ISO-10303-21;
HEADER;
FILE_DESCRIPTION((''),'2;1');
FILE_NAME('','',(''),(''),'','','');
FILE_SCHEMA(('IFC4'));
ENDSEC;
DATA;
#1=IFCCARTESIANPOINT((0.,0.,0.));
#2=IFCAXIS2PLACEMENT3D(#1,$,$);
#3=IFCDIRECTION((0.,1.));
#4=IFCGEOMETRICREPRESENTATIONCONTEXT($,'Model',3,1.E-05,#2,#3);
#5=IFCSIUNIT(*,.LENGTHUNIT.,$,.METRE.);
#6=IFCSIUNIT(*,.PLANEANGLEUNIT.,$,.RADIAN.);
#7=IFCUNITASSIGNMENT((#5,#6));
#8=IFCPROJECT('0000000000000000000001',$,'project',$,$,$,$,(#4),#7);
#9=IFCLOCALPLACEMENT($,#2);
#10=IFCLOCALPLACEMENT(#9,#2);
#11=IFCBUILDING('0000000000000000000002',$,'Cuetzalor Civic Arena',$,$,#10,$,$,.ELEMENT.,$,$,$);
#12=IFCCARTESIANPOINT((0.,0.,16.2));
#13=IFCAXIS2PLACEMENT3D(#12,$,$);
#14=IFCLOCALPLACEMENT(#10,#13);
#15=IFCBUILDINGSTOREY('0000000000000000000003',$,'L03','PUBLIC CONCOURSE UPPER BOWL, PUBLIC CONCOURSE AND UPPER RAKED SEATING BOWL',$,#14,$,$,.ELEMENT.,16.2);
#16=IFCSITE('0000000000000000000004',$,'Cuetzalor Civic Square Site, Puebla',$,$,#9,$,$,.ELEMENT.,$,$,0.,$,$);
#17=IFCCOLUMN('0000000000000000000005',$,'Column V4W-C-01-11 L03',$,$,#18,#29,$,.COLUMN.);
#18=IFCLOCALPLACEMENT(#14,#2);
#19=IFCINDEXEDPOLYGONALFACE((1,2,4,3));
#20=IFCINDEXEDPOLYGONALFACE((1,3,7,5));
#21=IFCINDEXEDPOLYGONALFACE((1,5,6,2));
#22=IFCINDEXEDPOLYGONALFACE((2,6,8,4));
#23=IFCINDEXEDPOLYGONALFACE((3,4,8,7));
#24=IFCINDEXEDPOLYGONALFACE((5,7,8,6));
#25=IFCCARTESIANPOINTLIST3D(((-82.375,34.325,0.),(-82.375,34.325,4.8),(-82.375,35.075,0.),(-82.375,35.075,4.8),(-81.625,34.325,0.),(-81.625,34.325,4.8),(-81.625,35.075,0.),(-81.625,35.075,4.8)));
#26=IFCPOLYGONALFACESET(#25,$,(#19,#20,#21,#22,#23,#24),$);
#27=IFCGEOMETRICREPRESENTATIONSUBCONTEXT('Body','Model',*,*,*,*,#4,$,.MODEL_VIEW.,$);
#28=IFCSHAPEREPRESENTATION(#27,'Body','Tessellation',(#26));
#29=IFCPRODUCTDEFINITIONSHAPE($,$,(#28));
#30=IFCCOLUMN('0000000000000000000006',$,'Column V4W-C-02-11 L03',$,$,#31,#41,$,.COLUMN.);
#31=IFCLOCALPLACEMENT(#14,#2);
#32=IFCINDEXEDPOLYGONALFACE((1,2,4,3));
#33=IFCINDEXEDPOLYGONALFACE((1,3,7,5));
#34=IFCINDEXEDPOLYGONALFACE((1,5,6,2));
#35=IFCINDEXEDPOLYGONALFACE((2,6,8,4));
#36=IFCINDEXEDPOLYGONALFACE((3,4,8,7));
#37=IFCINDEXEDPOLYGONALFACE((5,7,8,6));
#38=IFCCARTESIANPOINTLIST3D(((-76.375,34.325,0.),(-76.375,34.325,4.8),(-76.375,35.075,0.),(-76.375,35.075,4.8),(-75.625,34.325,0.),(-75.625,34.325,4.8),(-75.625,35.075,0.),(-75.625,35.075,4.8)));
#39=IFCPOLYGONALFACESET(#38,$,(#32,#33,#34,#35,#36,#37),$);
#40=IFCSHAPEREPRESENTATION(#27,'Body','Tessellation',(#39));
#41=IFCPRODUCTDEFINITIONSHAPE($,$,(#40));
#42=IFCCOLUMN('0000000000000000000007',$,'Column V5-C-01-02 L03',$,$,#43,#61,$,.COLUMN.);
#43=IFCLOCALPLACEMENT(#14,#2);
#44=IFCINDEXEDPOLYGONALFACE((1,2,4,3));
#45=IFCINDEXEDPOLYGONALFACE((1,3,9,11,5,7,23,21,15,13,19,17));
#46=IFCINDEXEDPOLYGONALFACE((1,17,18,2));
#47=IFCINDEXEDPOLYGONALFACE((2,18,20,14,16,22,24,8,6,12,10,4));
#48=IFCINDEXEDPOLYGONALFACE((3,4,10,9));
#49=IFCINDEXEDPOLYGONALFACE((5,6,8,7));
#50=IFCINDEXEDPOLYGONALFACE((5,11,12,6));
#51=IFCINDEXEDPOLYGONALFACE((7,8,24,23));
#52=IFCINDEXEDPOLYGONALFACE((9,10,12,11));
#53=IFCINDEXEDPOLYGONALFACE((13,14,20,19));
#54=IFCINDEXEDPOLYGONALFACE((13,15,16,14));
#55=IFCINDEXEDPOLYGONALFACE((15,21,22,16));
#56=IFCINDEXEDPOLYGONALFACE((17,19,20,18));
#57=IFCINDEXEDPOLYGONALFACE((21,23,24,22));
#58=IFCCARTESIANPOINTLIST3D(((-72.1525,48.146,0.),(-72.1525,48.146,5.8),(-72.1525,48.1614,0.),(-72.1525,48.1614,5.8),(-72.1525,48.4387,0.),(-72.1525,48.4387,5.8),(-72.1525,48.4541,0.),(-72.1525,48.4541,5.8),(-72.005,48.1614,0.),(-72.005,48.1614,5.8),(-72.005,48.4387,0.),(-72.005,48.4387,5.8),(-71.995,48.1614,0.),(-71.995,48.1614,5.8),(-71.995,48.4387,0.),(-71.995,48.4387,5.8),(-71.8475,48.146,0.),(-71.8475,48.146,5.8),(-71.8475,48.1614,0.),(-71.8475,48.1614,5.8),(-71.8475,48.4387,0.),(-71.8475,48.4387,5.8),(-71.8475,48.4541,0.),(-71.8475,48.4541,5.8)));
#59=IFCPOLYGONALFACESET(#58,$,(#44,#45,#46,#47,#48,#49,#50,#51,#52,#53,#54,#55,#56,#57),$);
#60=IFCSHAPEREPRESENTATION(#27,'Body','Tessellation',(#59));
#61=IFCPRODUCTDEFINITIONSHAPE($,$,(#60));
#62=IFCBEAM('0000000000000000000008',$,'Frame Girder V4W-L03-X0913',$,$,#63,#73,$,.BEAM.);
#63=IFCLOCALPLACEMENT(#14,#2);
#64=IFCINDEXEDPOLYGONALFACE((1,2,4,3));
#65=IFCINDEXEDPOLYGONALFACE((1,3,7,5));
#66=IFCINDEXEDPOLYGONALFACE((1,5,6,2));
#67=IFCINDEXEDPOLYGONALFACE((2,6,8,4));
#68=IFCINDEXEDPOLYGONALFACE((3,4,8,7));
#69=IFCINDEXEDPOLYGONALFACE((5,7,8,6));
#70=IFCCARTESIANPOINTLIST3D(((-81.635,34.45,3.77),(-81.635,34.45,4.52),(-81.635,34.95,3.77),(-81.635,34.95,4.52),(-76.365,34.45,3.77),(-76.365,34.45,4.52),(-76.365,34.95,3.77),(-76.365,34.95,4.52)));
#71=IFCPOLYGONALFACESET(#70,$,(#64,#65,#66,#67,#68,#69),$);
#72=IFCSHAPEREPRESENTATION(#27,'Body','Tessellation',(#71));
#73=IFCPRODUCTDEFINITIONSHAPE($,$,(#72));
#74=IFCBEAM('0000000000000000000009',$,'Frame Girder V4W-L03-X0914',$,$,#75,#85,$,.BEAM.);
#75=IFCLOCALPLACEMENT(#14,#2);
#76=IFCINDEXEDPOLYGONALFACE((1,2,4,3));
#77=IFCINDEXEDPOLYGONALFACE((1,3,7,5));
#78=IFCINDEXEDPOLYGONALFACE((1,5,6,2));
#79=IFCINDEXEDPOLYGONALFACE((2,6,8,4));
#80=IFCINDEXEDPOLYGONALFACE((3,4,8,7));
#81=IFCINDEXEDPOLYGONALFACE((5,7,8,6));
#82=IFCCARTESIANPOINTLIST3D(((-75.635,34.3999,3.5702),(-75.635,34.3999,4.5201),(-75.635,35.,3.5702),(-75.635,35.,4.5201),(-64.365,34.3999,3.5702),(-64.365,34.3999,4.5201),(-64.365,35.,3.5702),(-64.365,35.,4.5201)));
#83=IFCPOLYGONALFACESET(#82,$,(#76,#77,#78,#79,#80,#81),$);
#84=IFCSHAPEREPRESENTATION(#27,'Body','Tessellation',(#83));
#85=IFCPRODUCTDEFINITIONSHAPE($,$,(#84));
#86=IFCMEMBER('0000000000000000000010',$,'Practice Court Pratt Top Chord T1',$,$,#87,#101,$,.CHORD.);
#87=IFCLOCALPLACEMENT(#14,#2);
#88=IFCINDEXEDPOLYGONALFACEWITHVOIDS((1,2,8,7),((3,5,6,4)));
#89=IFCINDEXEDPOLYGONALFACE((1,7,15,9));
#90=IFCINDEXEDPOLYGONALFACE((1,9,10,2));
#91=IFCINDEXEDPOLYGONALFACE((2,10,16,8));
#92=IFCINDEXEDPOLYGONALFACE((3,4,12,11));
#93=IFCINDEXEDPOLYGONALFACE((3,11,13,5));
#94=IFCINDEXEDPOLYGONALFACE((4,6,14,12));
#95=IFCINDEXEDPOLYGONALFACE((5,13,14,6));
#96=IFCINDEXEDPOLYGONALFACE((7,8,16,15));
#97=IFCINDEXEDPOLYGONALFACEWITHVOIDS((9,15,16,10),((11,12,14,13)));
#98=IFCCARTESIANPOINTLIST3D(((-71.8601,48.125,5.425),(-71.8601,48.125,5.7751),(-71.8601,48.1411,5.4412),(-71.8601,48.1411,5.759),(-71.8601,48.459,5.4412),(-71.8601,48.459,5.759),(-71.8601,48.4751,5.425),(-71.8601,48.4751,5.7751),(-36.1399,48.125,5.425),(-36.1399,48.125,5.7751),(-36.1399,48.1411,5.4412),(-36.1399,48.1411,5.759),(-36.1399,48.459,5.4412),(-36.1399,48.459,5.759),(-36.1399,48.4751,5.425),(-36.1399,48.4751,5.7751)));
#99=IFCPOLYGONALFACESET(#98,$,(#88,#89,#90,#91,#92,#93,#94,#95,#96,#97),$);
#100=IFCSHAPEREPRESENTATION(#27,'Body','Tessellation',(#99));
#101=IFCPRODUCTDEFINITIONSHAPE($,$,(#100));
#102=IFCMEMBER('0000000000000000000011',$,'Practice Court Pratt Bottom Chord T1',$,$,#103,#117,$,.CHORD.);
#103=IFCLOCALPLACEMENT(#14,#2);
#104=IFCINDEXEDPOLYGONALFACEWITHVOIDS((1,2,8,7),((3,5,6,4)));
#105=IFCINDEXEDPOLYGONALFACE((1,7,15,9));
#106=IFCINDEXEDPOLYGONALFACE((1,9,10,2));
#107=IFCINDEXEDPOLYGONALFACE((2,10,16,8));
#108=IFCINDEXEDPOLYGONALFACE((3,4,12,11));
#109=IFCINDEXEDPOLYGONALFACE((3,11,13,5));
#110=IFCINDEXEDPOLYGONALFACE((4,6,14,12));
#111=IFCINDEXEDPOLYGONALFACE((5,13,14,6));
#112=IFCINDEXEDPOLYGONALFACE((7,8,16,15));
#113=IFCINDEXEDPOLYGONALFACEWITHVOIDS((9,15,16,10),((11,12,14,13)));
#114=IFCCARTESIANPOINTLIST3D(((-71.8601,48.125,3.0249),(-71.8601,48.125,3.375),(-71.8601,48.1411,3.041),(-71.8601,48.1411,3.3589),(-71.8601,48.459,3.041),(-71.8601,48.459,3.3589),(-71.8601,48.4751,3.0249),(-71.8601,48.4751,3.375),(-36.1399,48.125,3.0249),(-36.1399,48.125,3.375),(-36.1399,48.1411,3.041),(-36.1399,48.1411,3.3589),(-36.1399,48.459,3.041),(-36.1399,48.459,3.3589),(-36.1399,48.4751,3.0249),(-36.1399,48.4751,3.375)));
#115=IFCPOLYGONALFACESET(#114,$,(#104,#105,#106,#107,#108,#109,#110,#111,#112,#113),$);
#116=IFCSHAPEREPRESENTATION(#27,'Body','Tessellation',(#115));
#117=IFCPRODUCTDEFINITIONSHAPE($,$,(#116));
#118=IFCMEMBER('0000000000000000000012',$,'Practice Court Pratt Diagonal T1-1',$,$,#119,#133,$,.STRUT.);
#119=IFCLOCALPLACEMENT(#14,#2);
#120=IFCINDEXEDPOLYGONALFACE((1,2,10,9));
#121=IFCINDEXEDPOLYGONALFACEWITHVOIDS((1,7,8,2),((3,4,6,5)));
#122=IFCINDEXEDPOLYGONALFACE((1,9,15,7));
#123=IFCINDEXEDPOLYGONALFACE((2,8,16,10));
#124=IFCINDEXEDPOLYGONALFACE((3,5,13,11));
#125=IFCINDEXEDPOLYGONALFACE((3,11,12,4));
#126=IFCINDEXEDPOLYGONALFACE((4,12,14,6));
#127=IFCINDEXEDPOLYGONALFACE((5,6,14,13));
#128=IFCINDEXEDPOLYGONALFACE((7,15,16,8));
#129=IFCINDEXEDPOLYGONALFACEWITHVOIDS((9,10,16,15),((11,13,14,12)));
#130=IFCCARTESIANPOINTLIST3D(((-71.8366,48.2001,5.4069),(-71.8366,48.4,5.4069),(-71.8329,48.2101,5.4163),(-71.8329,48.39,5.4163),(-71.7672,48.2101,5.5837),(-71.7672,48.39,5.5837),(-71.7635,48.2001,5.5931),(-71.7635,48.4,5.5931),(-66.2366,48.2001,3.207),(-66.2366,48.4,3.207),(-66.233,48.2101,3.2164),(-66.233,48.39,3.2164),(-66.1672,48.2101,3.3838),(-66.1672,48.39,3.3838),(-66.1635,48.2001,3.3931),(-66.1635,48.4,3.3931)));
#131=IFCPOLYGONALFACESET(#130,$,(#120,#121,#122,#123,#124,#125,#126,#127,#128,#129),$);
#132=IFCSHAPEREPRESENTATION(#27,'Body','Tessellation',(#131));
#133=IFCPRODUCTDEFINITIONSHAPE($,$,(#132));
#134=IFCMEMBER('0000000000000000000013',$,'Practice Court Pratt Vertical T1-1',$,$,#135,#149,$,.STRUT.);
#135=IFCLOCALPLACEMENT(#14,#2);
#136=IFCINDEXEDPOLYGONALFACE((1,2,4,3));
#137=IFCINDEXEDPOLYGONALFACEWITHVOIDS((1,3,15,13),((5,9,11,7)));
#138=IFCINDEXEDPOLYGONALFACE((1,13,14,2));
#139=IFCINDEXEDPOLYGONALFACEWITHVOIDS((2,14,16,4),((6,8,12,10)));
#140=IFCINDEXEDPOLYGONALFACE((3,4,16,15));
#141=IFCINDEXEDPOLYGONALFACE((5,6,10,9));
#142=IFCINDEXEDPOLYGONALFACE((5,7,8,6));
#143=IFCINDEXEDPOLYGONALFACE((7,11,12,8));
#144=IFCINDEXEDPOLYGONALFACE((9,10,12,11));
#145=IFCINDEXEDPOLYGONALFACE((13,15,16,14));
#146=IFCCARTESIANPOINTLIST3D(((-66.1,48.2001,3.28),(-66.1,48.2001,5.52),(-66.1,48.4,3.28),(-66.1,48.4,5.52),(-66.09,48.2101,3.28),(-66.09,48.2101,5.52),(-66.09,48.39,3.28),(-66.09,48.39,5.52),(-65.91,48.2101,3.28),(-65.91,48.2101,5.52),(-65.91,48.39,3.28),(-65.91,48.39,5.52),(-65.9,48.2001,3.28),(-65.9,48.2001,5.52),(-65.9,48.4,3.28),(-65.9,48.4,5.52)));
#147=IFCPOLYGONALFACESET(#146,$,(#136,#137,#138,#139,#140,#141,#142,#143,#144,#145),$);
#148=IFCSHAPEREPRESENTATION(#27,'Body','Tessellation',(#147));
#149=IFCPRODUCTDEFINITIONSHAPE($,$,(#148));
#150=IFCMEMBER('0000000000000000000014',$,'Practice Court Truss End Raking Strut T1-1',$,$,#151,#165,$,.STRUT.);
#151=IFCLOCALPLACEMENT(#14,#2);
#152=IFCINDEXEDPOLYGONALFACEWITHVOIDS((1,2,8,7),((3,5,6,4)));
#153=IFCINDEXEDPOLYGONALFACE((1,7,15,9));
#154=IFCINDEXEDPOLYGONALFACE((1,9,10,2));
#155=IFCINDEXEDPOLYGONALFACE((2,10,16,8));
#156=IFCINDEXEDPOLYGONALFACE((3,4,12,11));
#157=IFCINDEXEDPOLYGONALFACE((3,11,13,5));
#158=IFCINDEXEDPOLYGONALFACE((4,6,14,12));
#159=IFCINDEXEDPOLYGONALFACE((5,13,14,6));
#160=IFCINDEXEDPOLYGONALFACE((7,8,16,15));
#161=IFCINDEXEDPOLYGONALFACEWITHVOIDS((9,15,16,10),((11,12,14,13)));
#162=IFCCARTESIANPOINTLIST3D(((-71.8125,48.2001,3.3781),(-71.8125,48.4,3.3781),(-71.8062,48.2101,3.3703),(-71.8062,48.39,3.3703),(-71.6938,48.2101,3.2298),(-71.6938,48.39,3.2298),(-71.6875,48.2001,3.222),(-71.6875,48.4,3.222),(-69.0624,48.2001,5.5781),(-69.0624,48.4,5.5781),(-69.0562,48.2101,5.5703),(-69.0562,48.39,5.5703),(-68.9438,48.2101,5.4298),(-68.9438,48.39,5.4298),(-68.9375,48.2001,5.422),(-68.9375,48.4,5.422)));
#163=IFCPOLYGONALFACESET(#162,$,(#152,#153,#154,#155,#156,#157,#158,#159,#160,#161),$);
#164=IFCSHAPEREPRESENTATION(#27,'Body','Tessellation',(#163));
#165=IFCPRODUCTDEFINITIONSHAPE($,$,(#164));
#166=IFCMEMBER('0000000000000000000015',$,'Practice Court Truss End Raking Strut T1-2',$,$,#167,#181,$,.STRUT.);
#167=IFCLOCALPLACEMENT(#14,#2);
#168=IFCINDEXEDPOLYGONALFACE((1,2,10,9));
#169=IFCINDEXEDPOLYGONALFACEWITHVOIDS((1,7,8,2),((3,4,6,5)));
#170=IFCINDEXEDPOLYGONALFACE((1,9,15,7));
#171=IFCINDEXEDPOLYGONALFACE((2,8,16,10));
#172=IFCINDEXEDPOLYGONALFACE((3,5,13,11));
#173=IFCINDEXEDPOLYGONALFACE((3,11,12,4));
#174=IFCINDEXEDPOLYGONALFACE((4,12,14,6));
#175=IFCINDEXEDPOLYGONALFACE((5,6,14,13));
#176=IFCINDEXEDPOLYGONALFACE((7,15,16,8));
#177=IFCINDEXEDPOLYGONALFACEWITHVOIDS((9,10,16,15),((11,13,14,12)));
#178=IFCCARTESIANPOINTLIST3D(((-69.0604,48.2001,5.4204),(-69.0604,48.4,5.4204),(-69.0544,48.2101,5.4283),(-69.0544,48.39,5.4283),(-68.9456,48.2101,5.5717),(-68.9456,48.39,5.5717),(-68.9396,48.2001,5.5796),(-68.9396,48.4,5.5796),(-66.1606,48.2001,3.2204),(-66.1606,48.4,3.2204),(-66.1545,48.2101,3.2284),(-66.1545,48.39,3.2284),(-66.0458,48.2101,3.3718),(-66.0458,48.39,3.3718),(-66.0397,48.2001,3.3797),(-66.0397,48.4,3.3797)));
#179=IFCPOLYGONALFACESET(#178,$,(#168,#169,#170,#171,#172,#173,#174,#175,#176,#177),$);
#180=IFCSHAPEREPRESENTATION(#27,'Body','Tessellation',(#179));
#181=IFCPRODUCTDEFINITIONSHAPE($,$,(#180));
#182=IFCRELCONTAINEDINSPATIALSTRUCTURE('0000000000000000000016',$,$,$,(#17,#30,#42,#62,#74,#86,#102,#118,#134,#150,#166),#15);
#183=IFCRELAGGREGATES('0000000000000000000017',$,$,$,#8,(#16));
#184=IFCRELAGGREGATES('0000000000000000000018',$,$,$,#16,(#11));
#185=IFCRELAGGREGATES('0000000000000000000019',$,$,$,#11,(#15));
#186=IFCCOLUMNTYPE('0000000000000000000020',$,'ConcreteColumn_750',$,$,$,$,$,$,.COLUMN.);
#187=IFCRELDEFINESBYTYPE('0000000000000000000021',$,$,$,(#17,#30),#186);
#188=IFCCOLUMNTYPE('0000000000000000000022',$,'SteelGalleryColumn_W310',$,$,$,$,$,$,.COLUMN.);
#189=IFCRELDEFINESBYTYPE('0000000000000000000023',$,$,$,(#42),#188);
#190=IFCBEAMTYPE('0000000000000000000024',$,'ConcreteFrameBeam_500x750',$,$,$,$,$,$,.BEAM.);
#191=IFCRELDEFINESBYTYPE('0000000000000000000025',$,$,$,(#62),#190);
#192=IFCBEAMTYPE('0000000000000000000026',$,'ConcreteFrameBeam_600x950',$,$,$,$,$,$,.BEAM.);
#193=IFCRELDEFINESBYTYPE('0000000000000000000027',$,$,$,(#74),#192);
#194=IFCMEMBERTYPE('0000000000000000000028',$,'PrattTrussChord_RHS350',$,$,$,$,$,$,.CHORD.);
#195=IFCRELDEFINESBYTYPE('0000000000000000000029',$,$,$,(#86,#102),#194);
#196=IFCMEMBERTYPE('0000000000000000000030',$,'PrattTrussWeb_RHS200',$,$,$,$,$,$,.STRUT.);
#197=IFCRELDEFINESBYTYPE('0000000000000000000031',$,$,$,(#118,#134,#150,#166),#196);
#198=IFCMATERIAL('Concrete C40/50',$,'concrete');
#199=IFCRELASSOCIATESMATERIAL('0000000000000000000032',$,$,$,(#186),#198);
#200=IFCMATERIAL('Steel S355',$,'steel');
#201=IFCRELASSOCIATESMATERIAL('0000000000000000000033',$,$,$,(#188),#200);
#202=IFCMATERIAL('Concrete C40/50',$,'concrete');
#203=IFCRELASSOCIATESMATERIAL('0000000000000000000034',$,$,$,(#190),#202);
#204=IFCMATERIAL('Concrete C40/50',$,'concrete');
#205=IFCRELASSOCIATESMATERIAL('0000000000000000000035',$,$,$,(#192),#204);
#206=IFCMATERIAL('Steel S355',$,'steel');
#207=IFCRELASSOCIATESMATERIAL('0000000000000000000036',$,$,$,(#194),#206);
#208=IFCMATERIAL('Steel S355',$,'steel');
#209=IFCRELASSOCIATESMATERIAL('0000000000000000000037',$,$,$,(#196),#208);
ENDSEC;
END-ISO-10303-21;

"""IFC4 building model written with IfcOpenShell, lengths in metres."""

from ifc_helpers import new_model, si_unit, direction, frame, origin, origin_2d, place, context, subcontext, project, spatial, rectangle, hollow_rectangle, i_section, extrude, material, material_profile, profile_set, type_object, element, save


model = new_model("IFC4")

# Units and contexts
model_context = context("Model", 3, precision=1e-05, world=origin(), true_north=direction((0.0, 1.0)))
body_context = subcontext(model_context, "Body", "Model", "MODEL_VIEW")
ifc_project = project(units=[si_unit("LENGTHUNIT", "METRE"), si_unit("PLANEANGLEUNIT", "RADIAN")], contexts=[model_context])

# Site, building, storey
site_placement = place(None, origin())
site = spatial("IfcSite", under=ifc_project, at=site_placement, Name="Cuetzalor Civic Square Site, Puebla", CompositionType="ELEMENT", RefElevation=0.0)
building_placement = place(site_placement, origin())
building = spatial("IfcBuilding", under=site, at=building_placement, Name="Cuetzalor Civic Arena", CompositionType="ELEMENT")
storey_placement = place(building_placement, frame((0.0, 0.0, 16.2)))
storey = spatial("IfcBuildingStorey", under=building, at=storey_placement, Name="L03", Description="PUBLIC CONCOURSE UPPER BOWL, PUBLIC CONCOURSE AND UPPER RAKED SEATING BOWL", CompositionType="ELEMENT", Elevation=16.2)

# Columns
ifc_material_1 = material(Name="Concrete C40/50", Category="concrete")
ifc_material_profile_1 = material_profile(ifc_material_1, rectangle(XDim=0.75, YDim=0.75, at=origin_2d()), Name="RC 750x750")
ifc_profile_set_1 = profile_set([ifc_material_profile_1], Name="Concrete C40/50")
column_type_1 = type_object("IfcColumnType", Name="ConcreteColumn_750", PredefinedType="COLUMN", material=ifc_profile_set_1)
for number, where, z_axis, x_axis, name in (
    (1, (-82.0, 34.7, 0.0), (0.0, 0.0, 1.0), (1.0, 0.0, 0.0), "Column V4W-C-01-11 L03"),
    (2, (-76.0, 34.7, 0.0), (0.0, 0.0, 1.0), (1.0, 0.0, 0.0), "Column V4W-C-02-11 L03"),
):
    element("IfcColumn", number, at=place(storey_placement, frame(where, z_axis=z_axis, x_axis=x_axis)), inside=storey, type_object=column_type_1, Name=name, PredefinedType="COLUMN", context=body_context, shape_type="SweptSolid", body=[
        extrude(rectangle(XDim=0.75, YDim=0.75, at=origin_2d()), origin(), (0.0, 0.0, 1.0), 4.8),
    ])
ifc_material_2 = material(Name="Steel S355", Category="steel")
ifc_material_profile_2 = material_profile(ifc_material_2, i_section(OverallWidth=0.3049, OverallDepth=0.3081, WebThickness=0.01, FlangeThickness=0.0154, at=origin_2d()), Name="W310x97")
ifc_profile_set_2 = profile_set([ifc_material_profile_2], Name="Steel S355")
column_type_2 = type_object("IfcColumnType", Name="SteelGalleryColumn_W310", PredefinedType="COLUMN", material=ifc_profile_set_2)
column_placement = place(storey_placement, frame((-72.0, 48.3, 0.0), z_axis=(0.0, 0.0, 1.0), x_axis=(1.0, 0.0, 0.0)))
element("IfcColumn", 3, at=column_placement, inside=storey, type_object=column_type_2, Name="Column V5-C-01-02 L03", PredefinedType="COLUMN", context=body_context, shape_type="SweptSolid", body=[
    extrude(i_section(OverallWidth=0.3049, OverallDepth=0.3081, WebThickness=0.01, FlangeThickness=0.0154, at=origin_2d()), origin(), (0.0, 0.0, 1.0), 5.8),
])

# Beams
ifc_material_3 = material(Name="Concrete C40/50", Category="concrete")
ifc_material_profile_3 = material_profile(ifc_material_3, rectangle(XDim=0.5, YDim=0.75, at=origin_2d()), Name="RC 500x750")
ifc_profile_set_3 = profile_set([ifc_material_profile_3], Name="Concrete C40/50")
beam_type_1 = type_object("IfcBeamType", Name="ConcreteFrameBeam_500x750", PredefinedType="BEAM", material=ifc_profile_set_3)
beam_1_placement = place(storey_placement, frame((-81.635, 34.7, 4.145), z_axis=(1.0, 0.0, 0.0), x_axis=(0.0, 1.0, 0.0)))
element("IfcBeam", 4, at=beam_1_placement, inside=storey, type_object=beam_type_1, Name="Frame Girder V4W-L03-X0913", PredefinedType="BEAM", context=body_context, shape_type="SweptSolid", body=[
    extrude(rectangle(XDim=0.5, YDim=0.75, at=origin_2d()), origin(), (0.0, 0.0, 1.0), 5.27),
])
ifc_material_4 = material(Name="Concrete C40/50", Category="concrete")
ifc_material_profile_4 = material_profile(ifc_material_4, rectangle(XDim=0.6001, YDim=0.95, at=origin_2d()), Name="RC 600x950")
ifc_profile_set_4 = profile_set([ifc_material_profile_4], Name="Concrete C40/50")
beam_type_2 = type_object("IfcBeamType", Name="ConcreteFrameBeam_600x950", PredefinedType="BEAM", material=ifc_profile_set_4)
beam_2_placement = place(storey_placement, frame((-75.635, 34.7, 4.0452), z_axis=(1.0, 0.0, 0.0), x_axis=(0.0, 1.0, 0.0)))
element("IfcBeam", 5, at=beam_2_placement, inside=storey, type_object=beam_type_2, Name="Frame Girder V4W-L03-X0914", PredefinedType="BEAM", context=body_context, shape_type="SweptSolid", body=[
    extrude(rectangle(XDim=0.6001, YDim=0.95, at=origin_2d()), origin(), (0.0, 0.0, 1.0), 11.27),
])

# Members
ifc_material_5 = material(Name="Steel S355", Category="steel")
ifc_material_profile_5 = material_profile(ifc_material_5, hollow_rectangle(XDim=0.3501, YDim=0.3501, WallThickness=0.0161, at=origin_2d()), Name="RHS 350x350x16")
ifc_profile_set_5 = profile_set([ifc_material_profile_5], Name="Steel S355")
member_type_1 = type_object("IfcMemberType", Name="PrattTrussChord_RHS350", PredefinedType="CHORD", material=ifc_profile_set_5)
for number, where, z_axis, x_axis, name in (
    (6, (-71.8601, 48.3, 5.6001), (1.0, 0.0, 0.0), (0.0, 1.0, 0.0), "Practice Court Pratt Top Chord T1"),
    (7, (-71.8601, 48.3, 3.2), (1.0, 0.0, 0.0), (0.0, 1.0, 0.0), "Practice Court Pratt Bottom Chord T1"),
):
    element("IfcMember", number, at=place(storey_placement, frame(where, z_axis=z_axis, x_axis=x_axis)), inside=storey, type_object=member_type_1, Name=name, PredefinedType="CHORD", context=body_context, shape_type="SweptSolid", body=[
        extrude(hollow_rectangle(XDim=0.3501, YDim=0.3501, WallThickness=0.0161, at=origin_2d()), origin(), (0.0, 0.0, 1.0), 35.7202),
    ])
ifc_material_6 = material(Name="Steel S355", Category="steel")
ifc_material_profile_6 = material_profile(ifc_material_6, hollow_rectangle(XDim=0.2, YDim=0.2, WallThickness=0.01, at=origin_2d()), Name="RHS 200x200x10")
ifc_profile_set_6 = profile_set([ifc_material_profile_6], Name="Steel S355")
member_type_2 = type_object("IfcMemberType", Name="PrattTrussWeb_RHS200", PredefinedType="STRUT", material=ifc_profile_set_6)
member_1_placement = place(storey_placement, frame((-71.8, 48.3, 5.5), z_axis=(0.930756, 0.0, -0.36564), x_axis=(0.0, 1.0, 0.0)))
element("IfcMember", 8, at=member_1_placement, inside=storey, type_object=member_type_2, Name="Practice Court Pratt Diagonal T1-1", PredefinedType="STRUT", context=body_context, shape_type="SweptSolid", body=[
    extrude(hollow_rectangle(XDim=0.2, YDim=0.2, WallThickness=0.01, at=origin_2d()), origin(), (0.0, 0.0, 1.0), 6.0166),
])
member_2_placement = place(storey_placement, frame((-66.0, 48.3, 3.28), z_axis=(0.0, 0.0, 1.0), x_axis=(1.0, 0.0, 0.0)))
element("IfcMember", 9, at=member_2_placement, inside=storey, type_object=member_type_2, Name="Practice Court Pratt Vertical T1-1", PredefinedType="STRUT", context=body_context, shape_type="SweptSolid", body=[
    extrude(hollow_rectangle(XDim=0.2, YDim=0.2, WallThickness=0.01, at=origin_2d()), origin(), (0.0, 0.0, 1.0), 2.24),
])
member_3_placement = place(storey_placement, frame((-71.75, 48.3, 3.3), z_axis=(0.780876, 0.0, 0.624687), x_axis=(0.0, 1.0, 0.0)))
element("IfcMember", 10, at=member_3_placement, inside=storey, type_object=member_type_2, Name="Practice Court Truss End Raking Strut T1-1", PredefinedType="STRUT", context=body_context, shape_type="SweptSolid", body=[
    extrude(hollow_rectangle(XDim=0.2, YDim=0.2, WallThickness=0.01, at=origin_2d()), origin(), (0.0, 0.0, 1.0), 3.5217),
])
member_4_placement = place(storey_placement, frame((-69.0, 48.3, 5.5), z_axis=(0.796688, 0.0, -0.604391), x_axis=(0.0, 1.0, 0.0)))
element("IfcMember", 11, at=member_4_placement, inside=storey, type_object=member_type_2, Name="Practice Court Truss End Raking Strut T1-2", PredefinedType="STRUT", context=body_context, shape_type="SweptSolid", body=[
    extrude(hollow_rectangle(XDim=0.2, YDim=0.2, WallThickness=0.01, at=origin_2d()), origin(), (0.0, 0.0, 1.0), 3.6399),
])

save(model, "model.ifc")
